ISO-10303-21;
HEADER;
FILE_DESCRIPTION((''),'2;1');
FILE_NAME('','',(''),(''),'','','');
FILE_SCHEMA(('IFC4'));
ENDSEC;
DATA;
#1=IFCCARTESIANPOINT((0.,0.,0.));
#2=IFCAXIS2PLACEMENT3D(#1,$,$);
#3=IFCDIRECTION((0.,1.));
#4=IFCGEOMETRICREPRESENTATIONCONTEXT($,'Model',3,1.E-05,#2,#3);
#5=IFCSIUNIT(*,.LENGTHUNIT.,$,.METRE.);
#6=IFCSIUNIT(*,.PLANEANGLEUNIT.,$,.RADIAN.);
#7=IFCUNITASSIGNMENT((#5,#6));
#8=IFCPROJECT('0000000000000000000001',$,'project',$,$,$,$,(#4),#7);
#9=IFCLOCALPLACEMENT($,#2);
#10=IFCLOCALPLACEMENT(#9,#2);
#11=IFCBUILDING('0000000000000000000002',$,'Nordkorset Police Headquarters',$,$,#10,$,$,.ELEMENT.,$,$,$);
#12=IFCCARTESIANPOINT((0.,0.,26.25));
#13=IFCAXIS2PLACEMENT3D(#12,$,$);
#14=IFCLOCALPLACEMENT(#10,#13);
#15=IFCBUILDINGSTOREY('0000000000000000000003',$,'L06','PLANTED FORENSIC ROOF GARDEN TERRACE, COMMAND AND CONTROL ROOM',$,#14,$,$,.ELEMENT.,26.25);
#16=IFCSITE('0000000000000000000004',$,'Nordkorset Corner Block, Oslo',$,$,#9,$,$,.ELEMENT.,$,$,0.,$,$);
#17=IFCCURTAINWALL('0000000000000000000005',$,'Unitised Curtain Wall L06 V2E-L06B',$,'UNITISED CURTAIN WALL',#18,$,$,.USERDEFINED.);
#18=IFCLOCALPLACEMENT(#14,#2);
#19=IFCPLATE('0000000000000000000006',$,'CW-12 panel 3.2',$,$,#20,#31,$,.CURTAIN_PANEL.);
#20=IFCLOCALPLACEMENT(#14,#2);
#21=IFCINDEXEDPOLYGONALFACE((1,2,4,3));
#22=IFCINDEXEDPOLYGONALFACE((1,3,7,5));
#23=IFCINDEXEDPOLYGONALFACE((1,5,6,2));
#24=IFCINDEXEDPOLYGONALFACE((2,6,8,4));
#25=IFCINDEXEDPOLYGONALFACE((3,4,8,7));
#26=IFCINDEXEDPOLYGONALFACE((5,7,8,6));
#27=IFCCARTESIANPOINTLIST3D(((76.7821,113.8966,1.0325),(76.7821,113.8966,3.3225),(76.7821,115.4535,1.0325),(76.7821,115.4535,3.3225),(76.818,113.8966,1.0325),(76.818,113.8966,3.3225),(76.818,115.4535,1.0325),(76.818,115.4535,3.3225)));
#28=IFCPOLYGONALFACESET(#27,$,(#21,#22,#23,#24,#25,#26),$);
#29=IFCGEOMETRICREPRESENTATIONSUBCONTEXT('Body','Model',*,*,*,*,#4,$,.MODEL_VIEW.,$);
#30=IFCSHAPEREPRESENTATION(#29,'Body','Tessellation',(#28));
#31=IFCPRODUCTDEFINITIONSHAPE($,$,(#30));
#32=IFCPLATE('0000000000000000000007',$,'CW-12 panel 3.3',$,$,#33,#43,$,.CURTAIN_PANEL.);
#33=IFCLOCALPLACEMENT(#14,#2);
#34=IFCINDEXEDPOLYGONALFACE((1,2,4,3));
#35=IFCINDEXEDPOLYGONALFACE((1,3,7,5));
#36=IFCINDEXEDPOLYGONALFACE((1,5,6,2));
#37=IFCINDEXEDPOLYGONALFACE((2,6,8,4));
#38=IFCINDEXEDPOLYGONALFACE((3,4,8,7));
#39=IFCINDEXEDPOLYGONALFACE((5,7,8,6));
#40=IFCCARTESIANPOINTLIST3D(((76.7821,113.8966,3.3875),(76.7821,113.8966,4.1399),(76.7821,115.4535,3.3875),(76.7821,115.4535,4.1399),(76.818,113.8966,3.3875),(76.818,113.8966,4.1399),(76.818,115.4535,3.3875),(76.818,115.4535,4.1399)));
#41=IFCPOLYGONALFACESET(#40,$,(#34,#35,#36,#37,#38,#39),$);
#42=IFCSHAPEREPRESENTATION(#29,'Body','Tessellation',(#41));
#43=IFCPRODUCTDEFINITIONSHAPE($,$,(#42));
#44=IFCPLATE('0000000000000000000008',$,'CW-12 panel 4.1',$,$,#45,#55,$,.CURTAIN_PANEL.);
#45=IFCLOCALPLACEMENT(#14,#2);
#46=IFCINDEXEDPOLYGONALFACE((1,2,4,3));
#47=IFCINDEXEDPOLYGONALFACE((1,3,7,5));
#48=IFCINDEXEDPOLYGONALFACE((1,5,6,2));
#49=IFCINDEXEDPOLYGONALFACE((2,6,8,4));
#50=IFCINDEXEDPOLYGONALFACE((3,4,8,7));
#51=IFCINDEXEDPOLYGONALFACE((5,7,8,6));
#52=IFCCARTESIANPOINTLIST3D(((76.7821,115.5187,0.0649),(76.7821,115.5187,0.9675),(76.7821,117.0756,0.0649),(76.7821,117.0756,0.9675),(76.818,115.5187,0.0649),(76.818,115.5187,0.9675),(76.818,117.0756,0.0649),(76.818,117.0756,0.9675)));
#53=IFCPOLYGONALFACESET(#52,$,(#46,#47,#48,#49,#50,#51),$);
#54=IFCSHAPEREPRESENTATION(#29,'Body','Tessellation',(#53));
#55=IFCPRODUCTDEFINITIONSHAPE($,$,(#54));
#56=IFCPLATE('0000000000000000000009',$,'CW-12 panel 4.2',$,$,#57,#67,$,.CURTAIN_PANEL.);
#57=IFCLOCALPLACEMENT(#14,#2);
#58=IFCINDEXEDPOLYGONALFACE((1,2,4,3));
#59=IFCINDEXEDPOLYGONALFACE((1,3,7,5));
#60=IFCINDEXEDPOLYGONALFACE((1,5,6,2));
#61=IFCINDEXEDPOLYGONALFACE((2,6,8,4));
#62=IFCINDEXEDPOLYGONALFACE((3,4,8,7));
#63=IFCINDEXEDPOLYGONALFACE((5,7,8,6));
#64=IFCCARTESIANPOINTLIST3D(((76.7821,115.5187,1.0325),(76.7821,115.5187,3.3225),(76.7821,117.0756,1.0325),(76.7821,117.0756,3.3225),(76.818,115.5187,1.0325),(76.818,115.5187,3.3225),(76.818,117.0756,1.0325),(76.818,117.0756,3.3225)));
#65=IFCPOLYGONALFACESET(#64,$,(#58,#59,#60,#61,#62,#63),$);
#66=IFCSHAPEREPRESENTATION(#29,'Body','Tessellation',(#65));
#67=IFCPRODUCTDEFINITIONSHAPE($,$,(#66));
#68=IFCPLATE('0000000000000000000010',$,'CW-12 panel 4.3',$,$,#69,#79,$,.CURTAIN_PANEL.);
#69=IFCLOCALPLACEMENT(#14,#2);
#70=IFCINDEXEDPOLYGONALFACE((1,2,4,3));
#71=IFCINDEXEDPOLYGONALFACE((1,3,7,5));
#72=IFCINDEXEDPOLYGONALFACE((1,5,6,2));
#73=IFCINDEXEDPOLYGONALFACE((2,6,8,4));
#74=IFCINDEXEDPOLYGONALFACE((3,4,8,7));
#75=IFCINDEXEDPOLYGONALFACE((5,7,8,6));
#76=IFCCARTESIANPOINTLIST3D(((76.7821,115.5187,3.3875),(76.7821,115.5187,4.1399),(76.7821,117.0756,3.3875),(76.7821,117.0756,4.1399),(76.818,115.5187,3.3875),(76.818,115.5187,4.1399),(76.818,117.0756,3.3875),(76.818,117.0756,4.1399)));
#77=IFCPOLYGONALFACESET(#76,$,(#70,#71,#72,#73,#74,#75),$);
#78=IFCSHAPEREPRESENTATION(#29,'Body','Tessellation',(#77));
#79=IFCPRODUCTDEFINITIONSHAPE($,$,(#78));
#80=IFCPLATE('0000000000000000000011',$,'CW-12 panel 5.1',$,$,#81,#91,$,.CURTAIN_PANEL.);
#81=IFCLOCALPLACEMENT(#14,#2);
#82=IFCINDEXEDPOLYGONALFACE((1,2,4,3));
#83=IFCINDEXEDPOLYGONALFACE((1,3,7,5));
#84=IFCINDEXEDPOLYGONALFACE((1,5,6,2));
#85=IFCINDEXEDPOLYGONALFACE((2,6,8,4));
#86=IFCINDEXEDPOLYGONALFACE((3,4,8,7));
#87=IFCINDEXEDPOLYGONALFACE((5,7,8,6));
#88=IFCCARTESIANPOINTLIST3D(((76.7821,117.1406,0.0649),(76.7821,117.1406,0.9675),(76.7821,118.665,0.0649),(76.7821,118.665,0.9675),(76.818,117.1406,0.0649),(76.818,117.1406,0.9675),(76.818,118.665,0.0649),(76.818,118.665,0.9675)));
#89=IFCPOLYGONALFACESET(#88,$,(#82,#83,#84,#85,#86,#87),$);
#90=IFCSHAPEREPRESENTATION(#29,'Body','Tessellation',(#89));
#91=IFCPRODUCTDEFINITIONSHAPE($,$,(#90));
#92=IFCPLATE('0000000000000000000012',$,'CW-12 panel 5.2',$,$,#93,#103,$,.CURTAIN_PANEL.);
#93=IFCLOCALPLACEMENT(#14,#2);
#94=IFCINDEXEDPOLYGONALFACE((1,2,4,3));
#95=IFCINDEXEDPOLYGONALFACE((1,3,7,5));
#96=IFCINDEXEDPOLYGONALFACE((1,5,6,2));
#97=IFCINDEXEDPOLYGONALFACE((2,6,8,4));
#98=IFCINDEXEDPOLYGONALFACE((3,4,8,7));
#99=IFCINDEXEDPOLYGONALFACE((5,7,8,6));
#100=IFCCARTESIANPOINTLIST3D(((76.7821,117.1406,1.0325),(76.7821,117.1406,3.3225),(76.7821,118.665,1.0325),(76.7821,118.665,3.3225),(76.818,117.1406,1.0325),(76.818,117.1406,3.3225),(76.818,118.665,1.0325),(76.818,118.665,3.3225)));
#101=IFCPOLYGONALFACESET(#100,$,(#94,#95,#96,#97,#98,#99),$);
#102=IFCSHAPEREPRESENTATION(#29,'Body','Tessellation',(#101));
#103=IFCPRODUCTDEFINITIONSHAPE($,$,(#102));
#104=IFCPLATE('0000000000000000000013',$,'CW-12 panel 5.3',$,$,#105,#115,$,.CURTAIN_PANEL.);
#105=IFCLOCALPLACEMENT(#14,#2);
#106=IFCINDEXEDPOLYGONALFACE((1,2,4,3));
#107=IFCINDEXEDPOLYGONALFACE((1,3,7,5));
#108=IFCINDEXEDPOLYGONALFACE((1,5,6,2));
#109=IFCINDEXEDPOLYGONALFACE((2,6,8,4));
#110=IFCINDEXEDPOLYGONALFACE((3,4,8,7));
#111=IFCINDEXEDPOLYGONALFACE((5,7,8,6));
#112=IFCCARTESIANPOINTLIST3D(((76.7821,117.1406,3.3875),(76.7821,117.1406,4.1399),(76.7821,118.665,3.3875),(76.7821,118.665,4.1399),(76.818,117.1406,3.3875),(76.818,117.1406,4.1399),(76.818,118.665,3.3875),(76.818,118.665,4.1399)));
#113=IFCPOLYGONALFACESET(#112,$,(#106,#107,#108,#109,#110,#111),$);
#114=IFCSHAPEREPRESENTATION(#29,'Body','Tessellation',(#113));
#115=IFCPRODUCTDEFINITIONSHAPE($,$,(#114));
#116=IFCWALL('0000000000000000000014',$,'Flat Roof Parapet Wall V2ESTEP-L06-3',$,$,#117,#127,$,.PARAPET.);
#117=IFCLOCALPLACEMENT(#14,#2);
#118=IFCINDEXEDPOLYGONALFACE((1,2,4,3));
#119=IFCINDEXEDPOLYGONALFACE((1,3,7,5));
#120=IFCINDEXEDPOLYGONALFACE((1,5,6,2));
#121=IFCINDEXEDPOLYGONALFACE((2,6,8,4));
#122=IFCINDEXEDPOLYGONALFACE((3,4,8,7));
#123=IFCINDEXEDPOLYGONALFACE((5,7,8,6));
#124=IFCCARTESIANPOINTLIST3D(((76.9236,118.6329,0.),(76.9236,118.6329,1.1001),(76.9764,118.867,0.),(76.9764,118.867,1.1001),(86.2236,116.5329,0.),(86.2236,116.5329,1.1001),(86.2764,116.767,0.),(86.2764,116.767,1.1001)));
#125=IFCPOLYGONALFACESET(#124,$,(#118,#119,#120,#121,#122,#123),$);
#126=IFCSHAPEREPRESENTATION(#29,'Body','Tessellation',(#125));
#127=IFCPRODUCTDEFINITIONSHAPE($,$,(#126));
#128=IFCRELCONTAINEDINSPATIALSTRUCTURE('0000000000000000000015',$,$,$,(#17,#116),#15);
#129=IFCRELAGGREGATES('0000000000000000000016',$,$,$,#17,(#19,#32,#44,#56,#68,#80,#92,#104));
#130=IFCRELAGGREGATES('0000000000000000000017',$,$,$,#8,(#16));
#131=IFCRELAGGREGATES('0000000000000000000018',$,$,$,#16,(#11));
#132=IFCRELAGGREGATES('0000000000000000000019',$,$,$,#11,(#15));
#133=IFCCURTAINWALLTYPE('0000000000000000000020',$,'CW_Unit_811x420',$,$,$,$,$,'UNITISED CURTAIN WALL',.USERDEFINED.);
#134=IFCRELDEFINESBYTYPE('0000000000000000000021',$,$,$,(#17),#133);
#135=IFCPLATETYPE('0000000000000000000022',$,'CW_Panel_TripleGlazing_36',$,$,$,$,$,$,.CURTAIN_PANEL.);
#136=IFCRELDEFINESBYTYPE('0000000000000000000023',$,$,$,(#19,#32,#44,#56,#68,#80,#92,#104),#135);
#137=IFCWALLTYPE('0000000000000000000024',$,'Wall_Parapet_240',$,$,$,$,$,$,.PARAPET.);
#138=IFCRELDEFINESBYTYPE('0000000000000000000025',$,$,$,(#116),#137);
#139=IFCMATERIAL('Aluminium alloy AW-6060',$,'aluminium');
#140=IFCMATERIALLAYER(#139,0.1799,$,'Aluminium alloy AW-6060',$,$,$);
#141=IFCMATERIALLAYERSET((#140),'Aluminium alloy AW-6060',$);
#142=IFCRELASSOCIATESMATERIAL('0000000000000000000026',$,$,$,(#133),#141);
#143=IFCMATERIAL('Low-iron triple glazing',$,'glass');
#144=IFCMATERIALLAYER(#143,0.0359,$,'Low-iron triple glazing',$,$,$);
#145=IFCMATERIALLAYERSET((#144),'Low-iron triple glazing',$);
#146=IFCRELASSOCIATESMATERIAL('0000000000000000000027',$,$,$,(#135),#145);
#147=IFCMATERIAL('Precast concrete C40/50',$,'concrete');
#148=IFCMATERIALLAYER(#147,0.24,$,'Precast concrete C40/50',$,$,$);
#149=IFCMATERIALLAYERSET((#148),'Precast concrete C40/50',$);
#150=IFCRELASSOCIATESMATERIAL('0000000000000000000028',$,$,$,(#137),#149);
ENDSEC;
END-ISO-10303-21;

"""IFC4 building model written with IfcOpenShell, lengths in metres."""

from ifc_helpers import new_model, si_unit, direction, frame, frame_2d, origin, origin_2d, place, context, subcontext, project, spatial, rectangle, extrude, material, layer, layer_set, type_object, element, aggregate, save


model = new_model("IFC4")

# Units and contexts
model_context = context("Model", 3, precision=1e-05, world=origin(), true_north=direction((0.0, 1.0)))
body_context = subcontext(model_context, "Body", "Model", "MODEL_VIEW")
ifc_project = project(units=[si_unit("LENGTHUNIT", "METRE"), si_unit("PLANEANGLEUNIT", "RADIAN")], contexts=[model_context])

# Site, building, storey
site_placement = place(None, origin())
site = spatial("IfcSite", under=ifc_project, at=site_placement, Name="Nordkorset Corner Block, Oslo", CompositionType="ELEMENT", RefElevation=0.0)
building_placement = place(site_placement, origin())
building = spatial("IfcBuilding", under=site, at=building_placement, Name="Nordkorset Police Headquarters", CompositionType="ELEMENT")
storey_placement = place(building_placement, frame((0.0, 0.0, 26.25)))
storey = spatial("IfcBuildingStorey", under=building, at=storey_placement, Name="L06", Description="PLANTED FORENSIC ROOF GARDEN TERRACE, COMMAND AND CONTROL ROOM", CompositionType="ELEMENT", Elevation=26.25)

# Curtain wall, plates
ifc_material_1 = material(Name="Aluminium alloy AW-6060", Category="aluminium")
ifc_layer_1 = layer(ifc_material_1, 0.1799, Name="Aluminium alloy AW-6060")
ifc_layer_set_1 = layer_set([ifc_layer_1], Name="Aluminium alloy AW-6060")
curtain_wall_type = type_object("IfcCurtainWallType", Name="CW_Unit_811x420", ElementType="UNITISED CURTAIN WALL", PredefinedType="USERDEFINED", material=ifc_layer_set_1)
curtain_wall_placement = place(storey_placement, origin())
curtain_wall = element("IfcCurtainWall", 1, at=curtain_wall_placement, inside=storey, type_object=curtain_wall_type, Name="Unitised Curtain Wall L06 V2E-L06B", ObjectType="UNITISED CURTAIN WALL", PredefinedType="USERDEFINED")
ifc_material_2 = material(Name="Low-iron triple glazing", Category="glass")
ifc_layer_2 = layer(ifc_material_2, 0.0359, Name="Low-iron triple glazing")
ifc_layer_set_2 = layer_set([ifc_layer_2], Name="Low-iron triple glazing")
plate_type = type_object("IfcPlateType", Name="CW_Panel_TripleGlazing_36", PredefinedType="CURTAIN_PANEL", material=ifc_layer_set_2)
plate_1_placement = place(storey_placement, frame((76.8, 114.675, 1.0325), z_axis=(0.0, 0.0, 1.0), x_axis=(0.0, 1.0, 0.0)))
plate_1 = element("IfcPlate", 2, at=plate_1_placement, type_object=plate_type, Name="CW-12 panel 3.2", PredefinedType="CURTAIN_PANEL", context=body_context, shape_type="SweptSolid", body=[
    extrude(rectangle(XDim=1.5569, YDim=0.0359, at=origin_2d()), origin(), (0.0, 0.0, 1.0), 2.29),
])
plate_2_placement = place(storey_placement, frame((76.8, 114.675, 3.3875), z_axis=(0.0, 0.0, 1.0), x_axis=(0.0, 1.0, 0.0)))
plate_2 = element("IfcPlate", 3, at=plate_2_placement, type_object=plate_type, Name="CW-12 panel 3.3", PredefinedType="CURTAIN_PANEL", context=body_context, shape_type="SweptSolid", body=[
    extrude(rectangle(XDim=1.5569, YDim=0.0359, at=origin_2d()), origin(), (0.0, 0.0, 1.0), 0.7524),
])
plate_3_placement = place(storey_placement, frame((76.8, 116.2971, 0.0649), z_axis=(0.0, 0.0, 1.0), x_axis=(0.0, 1.0, 0.0)))
plate_3 = element("IfcPlate", 4, at=plate_3_placement, type_object=plate_type, Name="CW-12 panel 4.1", PredefinedType="CURTAIN_PANEL", context=body_context, shape_type="SweptSolid", body=[
    extrude(rectangle(XDim=1.5569, YDim=0.0359, at=origin_2d()), origin(), (0.0, 0.0, 1.0), 0.9026),
])
plate_4_placement = place(storey_placement, frame((76.8, 116.2971, 1.0325), z_axis=(0.0, 0.0, 1.0), x_axis=(0.0, 1.0, 0.0)))
plate_4 = element("IfcPlate", 5, at=plate_4_placement, type_object=plate_type, Name="CW-12 panel 4.2", PredefinedType="CURTAIN_PANEL", context=body_context, shape_type="SweptSolid", body=[
    extrude(rectangle(XDim=1.5569, YDim=0.0359, at=origin_2d()), origin(), (0.0, 0.0, 1.0), 2.29),
])
plate_5_placement = place(storey_placement, frame((76.8, 116.2971, 3.3875), z_axis=(0.0, 0.0, 1.0), x_axis=(0.0, 1.0, 0.0)))
plate_5 = element("IfcPlate", 6, at=plate_5_placement, type_object=plate_type, Name="CW-12 panel 4.3", PredefinedType="CURTAIN_PANEL", context=body_context, shape_type="SweptSolid", body=[
    extrude(rectangle(XDim=1.5569, YDim=0.0359, at=origin_2d()), origin(), (0.0, 0.0, 1.0), 0.7524),
])
plate_6_placement = place(storey_placement, frame((76.8, 117.9028, 0.0649), z_axis=(0.0, 0.0, 1.0), x_axis=(0.0, 1.0, 0.0)))
plate_6 = element("IfcPlate", 7, at=plate_6_placement, type_object=plate_type, Name="CW-12 panel 5.1", PredefinedType="CURTAIN_PANEL", context=body_context, shape_type="SweptSolid", body=[
    extrude(rectangle(XDim=1.5244, YDim=0.0359, at=origin_2d()), origin(), (0.0, 0.0, 1.0), 0.9026),
])
plate_7_placement = place(storey_placement, frame((76.8, 117.9028, 1.0325), z_axis=(0.0, 0.0, 1.0), x_axis=(0.0, 1.0, 0.0)))
plate_7 = element("IfcPlate", 8, at=plate_7_placement, type_object=plate_type, Name="CW-12 panel 5.2", PredefinedType="CURTAIN_PANEL", context=body_context, shape_type="SweptSolid", body=[
    extrude(rectangle(XDim=1.5244, YDim=0.0359, at=origin_2d()), origin(), (0.0, 0.0, 1.0), 2.29),
])
plate_8_placement = place(storey_placement, frame((76.8, 117.9028, 3.3875), z_axis=(0.0, 0.0, 1.0), x_axis=(0.0, 1.0, 0.0)))
plate_8 = element("IfcPlate", 9, at=plate_8_placement, type_object=plate_type, Name="CW-12 panel 5.3", PredefinedType="CURTAIN_PANEL", context=body_context, shape_type="SweptSolid", body=[
    extrude(rectangle(XDim=1.5244, YDim=0.0359, at=origin_2d()), origin(), (0.0, 0.0, 1.0), 0.7524),
])
aggregate(curtain_wall, [plate_1, plate_2, plate_3, plate_4, plate_5, plate_6, plate_7, plate_8])

# Wall
ifc_material_3 = material(Name="Precast concrete C40/50", Category="concrete")
ifc_layer_3 = layer(ifc_material_3, 0.24, Name="Precast concrete C40/50")
ifc_layer_set_3 = layer_set([ifc_layer_3], Name="Precast concrete C40/50")
wall_type = type_object("IfcWallType", Name="Wall_Parapet_240", PredefinedType="PARAPET", material=ifc_layer_set_3)
wall_placement = place(storey_placement, frame((86.25, 116.6499, 0.0), z_axis=(0.0, 0.0, 1.0), x_axis=(-0.975439, 0.22027, 0.0)))
element("IfcWall", 10, at=wall_placement, inside=storey, type_object=wall_type, Name="Flat Roof Parapet Wall V2ESTEP-L06-3", PredefinedType="PARAPET", context=body_context, shape_type="SweptSolid", body=[
    extrude(rectangle(XDim=9.5342, YDim=0.24, at=frame_2d((4.7671, 0.0))), origin(), (0.0, 0.0, 1.0), 1.1001),
])

save(model, "model.ifc")
